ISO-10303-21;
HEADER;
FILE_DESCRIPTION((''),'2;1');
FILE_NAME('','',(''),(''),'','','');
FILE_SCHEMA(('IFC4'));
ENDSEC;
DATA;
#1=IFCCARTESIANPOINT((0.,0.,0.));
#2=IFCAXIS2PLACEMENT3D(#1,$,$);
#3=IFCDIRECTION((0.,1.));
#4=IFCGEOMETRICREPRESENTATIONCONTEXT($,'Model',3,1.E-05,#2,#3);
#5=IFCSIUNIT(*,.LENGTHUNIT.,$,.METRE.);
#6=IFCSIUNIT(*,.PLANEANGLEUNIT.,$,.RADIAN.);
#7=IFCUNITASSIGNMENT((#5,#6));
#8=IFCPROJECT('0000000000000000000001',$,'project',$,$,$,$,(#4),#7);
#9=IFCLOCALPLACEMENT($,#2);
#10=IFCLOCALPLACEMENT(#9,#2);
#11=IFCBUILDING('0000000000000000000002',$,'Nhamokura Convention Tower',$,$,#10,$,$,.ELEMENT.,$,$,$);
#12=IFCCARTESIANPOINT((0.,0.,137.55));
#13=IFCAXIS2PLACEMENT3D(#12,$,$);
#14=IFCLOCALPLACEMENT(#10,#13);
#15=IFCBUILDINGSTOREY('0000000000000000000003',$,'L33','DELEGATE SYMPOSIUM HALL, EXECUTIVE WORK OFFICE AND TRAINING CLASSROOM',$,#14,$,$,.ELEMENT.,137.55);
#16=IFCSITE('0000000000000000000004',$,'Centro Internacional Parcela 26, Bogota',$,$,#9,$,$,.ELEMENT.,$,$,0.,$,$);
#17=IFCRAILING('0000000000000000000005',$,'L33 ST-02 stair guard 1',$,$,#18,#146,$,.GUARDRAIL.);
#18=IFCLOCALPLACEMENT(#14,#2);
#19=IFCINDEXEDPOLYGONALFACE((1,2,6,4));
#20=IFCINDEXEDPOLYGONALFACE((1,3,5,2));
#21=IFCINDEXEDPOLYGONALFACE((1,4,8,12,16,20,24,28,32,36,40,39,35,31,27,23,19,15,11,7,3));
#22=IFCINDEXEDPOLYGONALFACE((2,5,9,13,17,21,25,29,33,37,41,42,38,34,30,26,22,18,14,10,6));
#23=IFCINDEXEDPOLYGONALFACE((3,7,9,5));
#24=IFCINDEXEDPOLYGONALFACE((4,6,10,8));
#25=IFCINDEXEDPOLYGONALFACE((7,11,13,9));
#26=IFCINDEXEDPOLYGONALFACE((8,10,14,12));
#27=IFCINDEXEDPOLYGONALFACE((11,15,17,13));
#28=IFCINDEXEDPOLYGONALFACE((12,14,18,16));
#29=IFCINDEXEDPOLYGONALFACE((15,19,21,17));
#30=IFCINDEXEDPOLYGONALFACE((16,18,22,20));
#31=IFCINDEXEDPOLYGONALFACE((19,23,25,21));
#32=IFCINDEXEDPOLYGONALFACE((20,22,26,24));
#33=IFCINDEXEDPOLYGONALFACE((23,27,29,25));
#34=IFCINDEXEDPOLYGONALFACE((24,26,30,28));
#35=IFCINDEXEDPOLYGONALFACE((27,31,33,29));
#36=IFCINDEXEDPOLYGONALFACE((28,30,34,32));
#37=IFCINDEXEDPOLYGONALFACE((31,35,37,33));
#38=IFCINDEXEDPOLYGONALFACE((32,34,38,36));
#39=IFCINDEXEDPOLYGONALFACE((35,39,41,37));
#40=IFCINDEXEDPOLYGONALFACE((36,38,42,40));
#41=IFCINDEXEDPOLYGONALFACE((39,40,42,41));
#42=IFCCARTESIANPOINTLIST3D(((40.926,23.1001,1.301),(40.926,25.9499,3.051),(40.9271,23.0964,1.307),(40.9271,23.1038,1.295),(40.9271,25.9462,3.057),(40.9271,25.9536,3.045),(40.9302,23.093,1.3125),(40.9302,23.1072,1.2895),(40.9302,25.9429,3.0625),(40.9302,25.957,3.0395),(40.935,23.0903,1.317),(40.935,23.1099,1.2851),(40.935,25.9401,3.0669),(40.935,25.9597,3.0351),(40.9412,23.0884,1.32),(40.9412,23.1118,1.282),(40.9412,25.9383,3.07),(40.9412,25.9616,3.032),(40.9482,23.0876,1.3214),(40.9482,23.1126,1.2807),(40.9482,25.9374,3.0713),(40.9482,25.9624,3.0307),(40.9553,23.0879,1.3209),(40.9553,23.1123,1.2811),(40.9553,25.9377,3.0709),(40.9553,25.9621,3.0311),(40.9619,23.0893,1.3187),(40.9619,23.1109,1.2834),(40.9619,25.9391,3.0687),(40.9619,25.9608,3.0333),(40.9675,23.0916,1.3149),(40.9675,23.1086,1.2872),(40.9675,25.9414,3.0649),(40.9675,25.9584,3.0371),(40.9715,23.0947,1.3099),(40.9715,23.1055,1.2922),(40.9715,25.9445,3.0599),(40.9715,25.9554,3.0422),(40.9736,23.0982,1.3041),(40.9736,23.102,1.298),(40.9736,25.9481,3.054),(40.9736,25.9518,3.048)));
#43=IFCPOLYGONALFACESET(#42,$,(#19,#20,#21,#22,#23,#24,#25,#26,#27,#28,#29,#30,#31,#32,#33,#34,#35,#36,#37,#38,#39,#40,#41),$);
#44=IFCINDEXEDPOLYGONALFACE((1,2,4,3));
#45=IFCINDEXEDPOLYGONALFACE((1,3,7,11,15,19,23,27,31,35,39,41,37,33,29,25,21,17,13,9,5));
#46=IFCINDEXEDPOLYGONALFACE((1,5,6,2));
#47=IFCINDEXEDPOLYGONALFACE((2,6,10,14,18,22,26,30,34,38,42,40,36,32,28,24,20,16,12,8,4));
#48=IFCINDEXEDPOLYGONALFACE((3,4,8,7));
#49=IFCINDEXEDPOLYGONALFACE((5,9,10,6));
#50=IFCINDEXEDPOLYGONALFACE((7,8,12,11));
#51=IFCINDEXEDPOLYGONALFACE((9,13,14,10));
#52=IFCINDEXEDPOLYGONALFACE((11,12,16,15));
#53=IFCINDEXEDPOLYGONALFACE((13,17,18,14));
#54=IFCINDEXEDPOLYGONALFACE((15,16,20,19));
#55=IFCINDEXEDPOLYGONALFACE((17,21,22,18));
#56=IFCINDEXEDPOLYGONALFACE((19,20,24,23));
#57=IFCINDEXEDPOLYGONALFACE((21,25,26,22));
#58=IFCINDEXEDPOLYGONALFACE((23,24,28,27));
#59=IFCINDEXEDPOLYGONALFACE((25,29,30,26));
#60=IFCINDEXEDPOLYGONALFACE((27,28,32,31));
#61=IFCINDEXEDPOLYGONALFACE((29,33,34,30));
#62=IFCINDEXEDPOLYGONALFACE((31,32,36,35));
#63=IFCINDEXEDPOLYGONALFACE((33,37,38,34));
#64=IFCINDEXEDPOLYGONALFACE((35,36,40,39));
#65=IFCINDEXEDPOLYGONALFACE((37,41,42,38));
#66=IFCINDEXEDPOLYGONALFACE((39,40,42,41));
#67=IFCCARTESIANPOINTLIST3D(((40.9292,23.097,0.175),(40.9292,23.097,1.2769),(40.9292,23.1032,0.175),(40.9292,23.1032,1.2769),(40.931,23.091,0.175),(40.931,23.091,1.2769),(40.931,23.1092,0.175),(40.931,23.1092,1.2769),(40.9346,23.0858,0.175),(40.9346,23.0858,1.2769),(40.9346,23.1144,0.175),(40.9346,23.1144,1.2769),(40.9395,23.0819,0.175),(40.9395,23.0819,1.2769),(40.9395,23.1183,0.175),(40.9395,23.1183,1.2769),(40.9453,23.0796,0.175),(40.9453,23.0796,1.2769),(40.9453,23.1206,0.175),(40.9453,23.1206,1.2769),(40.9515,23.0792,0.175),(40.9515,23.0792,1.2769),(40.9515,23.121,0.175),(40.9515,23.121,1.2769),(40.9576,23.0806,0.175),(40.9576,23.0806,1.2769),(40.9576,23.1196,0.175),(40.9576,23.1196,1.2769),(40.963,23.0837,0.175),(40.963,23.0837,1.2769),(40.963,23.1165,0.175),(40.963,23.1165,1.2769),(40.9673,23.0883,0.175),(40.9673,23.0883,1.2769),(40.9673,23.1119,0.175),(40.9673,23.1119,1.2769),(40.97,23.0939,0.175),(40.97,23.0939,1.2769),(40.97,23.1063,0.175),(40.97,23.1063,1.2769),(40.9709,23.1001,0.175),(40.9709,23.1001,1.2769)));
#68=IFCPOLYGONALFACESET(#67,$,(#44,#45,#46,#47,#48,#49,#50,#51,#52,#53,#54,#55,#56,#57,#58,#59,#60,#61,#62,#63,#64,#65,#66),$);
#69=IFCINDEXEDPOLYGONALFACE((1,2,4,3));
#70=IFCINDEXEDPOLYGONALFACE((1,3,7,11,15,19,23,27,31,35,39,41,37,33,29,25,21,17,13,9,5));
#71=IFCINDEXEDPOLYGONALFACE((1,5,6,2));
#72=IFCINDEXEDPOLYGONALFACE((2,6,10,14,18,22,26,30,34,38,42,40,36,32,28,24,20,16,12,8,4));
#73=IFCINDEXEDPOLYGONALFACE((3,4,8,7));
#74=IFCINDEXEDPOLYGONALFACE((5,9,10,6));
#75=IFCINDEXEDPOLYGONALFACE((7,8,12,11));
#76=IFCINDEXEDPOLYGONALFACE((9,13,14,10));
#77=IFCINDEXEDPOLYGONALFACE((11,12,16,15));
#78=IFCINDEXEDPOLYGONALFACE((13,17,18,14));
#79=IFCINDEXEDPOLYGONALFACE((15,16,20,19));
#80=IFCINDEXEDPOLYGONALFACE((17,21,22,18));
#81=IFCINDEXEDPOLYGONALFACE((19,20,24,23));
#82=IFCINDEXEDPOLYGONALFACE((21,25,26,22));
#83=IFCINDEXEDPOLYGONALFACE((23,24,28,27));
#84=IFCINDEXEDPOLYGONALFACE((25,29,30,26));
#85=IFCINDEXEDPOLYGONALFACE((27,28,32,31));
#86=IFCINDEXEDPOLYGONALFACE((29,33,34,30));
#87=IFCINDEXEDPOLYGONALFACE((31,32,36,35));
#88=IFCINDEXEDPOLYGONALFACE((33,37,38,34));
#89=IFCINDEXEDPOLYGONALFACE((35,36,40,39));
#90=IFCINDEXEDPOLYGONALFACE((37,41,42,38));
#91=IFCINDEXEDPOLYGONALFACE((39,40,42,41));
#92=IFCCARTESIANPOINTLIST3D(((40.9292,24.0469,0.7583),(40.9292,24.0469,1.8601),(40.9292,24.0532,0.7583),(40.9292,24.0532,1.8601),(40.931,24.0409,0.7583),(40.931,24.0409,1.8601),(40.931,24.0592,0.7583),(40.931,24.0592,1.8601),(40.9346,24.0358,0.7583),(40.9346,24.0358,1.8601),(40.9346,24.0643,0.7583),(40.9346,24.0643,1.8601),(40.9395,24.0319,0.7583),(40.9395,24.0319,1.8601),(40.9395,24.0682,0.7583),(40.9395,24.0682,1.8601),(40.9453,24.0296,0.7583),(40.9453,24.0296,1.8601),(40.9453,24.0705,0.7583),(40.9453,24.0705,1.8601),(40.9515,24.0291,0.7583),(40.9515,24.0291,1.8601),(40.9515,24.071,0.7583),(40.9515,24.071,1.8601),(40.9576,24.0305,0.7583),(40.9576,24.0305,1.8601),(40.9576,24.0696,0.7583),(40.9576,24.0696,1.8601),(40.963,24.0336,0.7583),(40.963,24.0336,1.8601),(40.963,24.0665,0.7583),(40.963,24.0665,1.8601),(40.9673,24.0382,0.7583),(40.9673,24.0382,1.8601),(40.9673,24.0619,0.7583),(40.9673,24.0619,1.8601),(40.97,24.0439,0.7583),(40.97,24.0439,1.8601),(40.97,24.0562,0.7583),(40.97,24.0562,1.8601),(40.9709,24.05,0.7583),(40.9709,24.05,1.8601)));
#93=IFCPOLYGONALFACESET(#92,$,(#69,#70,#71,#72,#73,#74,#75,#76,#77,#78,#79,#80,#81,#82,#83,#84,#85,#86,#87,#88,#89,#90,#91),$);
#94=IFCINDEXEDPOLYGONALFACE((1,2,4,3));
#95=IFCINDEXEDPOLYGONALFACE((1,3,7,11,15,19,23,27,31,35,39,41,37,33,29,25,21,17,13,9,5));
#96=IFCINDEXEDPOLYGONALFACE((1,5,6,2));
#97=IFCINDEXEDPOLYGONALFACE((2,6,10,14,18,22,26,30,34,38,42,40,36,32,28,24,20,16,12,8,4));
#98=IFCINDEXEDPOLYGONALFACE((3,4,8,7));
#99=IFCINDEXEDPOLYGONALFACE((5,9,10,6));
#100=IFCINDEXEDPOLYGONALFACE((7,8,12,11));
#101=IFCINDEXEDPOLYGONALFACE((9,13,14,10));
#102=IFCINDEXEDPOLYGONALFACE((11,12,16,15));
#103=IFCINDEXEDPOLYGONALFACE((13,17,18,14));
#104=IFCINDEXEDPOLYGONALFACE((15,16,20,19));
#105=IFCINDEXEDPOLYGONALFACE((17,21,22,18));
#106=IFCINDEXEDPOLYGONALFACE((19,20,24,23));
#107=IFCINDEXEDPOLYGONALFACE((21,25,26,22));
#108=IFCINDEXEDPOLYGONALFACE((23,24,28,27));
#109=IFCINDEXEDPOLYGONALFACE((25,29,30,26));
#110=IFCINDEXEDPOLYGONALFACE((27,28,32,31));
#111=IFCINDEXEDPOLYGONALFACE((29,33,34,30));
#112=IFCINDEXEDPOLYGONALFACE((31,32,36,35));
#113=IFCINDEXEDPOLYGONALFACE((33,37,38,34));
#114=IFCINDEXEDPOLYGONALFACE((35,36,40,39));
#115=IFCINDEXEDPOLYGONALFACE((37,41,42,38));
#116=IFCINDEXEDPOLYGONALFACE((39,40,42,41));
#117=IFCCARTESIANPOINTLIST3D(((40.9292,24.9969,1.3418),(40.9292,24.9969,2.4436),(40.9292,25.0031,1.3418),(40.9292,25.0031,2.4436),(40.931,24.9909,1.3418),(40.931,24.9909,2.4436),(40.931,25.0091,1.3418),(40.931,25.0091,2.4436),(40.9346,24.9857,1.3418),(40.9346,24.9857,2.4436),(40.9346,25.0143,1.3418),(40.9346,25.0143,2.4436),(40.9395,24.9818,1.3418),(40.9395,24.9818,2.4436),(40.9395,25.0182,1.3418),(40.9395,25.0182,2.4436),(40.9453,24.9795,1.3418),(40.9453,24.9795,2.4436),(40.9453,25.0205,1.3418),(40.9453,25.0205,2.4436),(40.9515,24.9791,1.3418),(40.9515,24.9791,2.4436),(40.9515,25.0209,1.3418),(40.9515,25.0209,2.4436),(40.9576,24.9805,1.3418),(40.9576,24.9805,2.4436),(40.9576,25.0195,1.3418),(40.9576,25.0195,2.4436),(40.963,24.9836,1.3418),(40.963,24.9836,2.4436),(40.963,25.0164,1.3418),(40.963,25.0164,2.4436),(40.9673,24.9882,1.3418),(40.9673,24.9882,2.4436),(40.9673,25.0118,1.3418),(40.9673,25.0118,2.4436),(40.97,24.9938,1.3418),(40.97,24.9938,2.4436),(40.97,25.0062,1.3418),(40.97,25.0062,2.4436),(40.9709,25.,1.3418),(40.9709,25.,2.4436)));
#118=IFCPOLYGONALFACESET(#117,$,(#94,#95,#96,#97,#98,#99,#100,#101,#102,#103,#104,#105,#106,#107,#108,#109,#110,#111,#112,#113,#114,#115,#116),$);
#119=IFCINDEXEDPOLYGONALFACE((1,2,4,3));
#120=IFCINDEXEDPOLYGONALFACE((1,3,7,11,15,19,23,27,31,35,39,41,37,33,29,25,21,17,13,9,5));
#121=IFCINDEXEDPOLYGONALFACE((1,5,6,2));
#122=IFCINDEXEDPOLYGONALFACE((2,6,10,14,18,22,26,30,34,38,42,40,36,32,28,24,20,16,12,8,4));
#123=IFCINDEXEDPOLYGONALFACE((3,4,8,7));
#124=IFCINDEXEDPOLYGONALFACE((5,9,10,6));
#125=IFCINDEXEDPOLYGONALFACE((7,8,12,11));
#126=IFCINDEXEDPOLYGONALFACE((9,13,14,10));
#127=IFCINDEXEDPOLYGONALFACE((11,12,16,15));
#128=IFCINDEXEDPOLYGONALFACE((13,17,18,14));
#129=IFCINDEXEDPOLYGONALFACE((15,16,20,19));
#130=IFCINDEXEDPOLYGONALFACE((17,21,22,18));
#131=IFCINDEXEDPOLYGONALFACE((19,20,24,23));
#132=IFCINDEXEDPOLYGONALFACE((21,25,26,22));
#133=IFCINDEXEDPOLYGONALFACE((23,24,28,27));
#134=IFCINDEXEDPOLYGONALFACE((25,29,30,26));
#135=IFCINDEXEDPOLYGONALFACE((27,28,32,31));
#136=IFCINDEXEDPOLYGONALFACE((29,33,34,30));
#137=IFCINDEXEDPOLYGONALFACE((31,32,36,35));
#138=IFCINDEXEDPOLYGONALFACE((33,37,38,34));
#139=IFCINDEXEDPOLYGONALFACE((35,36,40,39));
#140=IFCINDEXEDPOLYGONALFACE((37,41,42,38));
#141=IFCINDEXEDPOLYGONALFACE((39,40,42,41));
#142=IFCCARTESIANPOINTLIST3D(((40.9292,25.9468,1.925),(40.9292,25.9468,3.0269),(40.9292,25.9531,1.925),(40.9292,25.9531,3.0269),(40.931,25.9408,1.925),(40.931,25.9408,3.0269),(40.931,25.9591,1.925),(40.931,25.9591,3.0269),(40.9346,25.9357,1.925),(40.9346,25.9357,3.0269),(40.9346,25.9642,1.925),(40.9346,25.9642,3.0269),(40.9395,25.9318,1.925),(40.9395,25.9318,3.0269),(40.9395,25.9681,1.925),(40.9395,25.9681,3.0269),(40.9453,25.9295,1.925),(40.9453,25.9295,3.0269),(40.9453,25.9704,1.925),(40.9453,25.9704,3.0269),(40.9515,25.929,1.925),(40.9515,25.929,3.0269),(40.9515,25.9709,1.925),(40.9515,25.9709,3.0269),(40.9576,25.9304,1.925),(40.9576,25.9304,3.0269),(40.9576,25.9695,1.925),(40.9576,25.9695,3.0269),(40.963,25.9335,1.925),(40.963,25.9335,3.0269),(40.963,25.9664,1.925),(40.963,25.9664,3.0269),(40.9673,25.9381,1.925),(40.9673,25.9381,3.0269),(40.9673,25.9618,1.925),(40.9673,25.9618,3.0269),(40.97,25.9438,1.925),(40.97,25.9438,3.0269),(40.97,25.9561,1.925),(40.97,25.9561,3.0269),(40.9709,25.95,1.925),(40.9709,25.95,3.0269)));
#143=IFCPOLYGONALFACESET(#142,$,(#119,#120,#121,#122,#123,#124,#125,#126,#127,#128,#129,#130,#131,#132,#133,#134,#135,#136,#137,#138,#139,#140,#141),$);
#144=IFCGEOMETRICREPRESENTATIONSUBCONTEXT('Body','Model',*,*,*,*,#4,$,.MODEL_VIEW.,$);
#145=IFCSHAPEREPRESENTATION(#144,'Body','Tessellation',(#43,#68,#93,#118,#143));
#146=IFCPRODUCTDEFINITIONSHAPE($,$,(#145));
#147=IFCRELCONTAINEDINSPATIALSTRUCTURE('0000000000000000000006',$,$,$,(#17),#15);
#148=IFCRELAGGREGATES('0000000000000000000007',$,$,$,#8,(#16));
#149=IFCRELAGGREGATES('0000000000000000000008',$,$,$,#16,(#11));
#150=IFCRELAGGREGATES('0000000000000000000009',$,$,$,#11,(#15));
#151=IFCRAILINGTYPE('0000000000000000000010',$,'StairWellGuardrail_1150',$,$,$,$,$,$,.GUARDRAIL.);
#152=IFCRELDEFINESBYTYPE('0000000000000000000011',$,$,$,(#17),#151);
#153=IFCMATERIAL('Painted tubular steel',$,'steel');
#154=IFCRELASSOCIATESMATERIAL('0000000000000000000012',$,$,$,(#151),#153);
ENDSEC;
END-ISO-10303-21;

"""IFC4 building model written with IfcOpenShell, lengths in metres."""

from ifc_helpers import new_model, si_unit, direction, frame, origin, origin_2d, place, context, subcontext, project, spatial, circle, extrude, material, type_object, element, save


model = new_model("IFC4")

# Units and contexts
model_context = context("Model", 3, precision=1e-05, world=origin(), true_north=direction((0.0, 1.0)))
body_context = subcontext(model_context, "Body", "Model", "MODEL_VIEW")
ifc_project = project(units=[si_unit("LENGTHUNIT", "METRE"), si_unit("PLANEANGLEUNIT", "RADIAN")], contexts=[model_context])

# Site, building, storey
site_placement = place(None, origin())
site = spatial("IfcSite", under=ifc_project, at=site_placement, Name="Centro Internacional Parcela 26, Bogota", CompositionType="ELEMENT", RefElevation=0.0)
building_placement = place(site_placement, origin())
building = spatial("IfcBuilding", under=site, at=building_placement, Name="Nhamokura Convention Tower", CompositionType="ELEMENT")
storey_placement = place(building_placement, frame((0.0, 0.0, 137.55)))
storey = spatial("IfcBuildingStorey", under=building, at=storey_placement, Name="L33", Description="DELEGATE SYMPOSIUM HALL, EXECUTIVE WORK OFFICE AND TRAINING CLASSROOM", CompositionType="ELEMENT", Elevation=137.55)

# Railing
ifc_material_1 = material(Name="Painted tubular steel", Category="steel")
railing_type_1 = type_object("IfcRailingType", Name="StairWellGuardrail_1150", PredefinedType="GUARDRAIL", material=ifc_material_1)
railing_1_placement = place(storey_placement, frame((40.95, 23.1001, 0.175)))
element("IfcRailing", 1, at=railing_1_placement, inside=storey, type_object=railing_type_1, Name="L33 ST-02 stair guard 1", PredefinedType="GUARDRAIL", context=body_context, shape_type="SweptSolid", body=[
    extrude(circle(Radius=0.0239, at=origin_2d()), frame((0.0, 0.0, 1.126), z_axis=(0.0, 0.852159, 0.523283), x_axis=(-1.0, 0.0, 0.0)), (0.0, 0.0, 1.0), 3.3442),
    extrude(circle(Radius=0.021, at=origin_2d()), origin(), (0.0, 0.0, 1.0), 1.1018),
    extrude(circle(Radius=0.021, at=origin_2d()), frame((0.0, 0.95, 0.5833)), (0.0, 0.0, 1.0), 1.1018),
    extrude(circle(Radius=0.021, at=origin_2d()), frame((0.0, 1.8999, 1.1667)), (0.0, 0.0, 1.0), 1.1018),
    extrude(circle(Radius=0.021, at=origin_2d()), frame((0.0, 2.8499, 1.75)), (0.0, 0.0, 1.0), 1.1018),
])

save(model, "model.ifc")
